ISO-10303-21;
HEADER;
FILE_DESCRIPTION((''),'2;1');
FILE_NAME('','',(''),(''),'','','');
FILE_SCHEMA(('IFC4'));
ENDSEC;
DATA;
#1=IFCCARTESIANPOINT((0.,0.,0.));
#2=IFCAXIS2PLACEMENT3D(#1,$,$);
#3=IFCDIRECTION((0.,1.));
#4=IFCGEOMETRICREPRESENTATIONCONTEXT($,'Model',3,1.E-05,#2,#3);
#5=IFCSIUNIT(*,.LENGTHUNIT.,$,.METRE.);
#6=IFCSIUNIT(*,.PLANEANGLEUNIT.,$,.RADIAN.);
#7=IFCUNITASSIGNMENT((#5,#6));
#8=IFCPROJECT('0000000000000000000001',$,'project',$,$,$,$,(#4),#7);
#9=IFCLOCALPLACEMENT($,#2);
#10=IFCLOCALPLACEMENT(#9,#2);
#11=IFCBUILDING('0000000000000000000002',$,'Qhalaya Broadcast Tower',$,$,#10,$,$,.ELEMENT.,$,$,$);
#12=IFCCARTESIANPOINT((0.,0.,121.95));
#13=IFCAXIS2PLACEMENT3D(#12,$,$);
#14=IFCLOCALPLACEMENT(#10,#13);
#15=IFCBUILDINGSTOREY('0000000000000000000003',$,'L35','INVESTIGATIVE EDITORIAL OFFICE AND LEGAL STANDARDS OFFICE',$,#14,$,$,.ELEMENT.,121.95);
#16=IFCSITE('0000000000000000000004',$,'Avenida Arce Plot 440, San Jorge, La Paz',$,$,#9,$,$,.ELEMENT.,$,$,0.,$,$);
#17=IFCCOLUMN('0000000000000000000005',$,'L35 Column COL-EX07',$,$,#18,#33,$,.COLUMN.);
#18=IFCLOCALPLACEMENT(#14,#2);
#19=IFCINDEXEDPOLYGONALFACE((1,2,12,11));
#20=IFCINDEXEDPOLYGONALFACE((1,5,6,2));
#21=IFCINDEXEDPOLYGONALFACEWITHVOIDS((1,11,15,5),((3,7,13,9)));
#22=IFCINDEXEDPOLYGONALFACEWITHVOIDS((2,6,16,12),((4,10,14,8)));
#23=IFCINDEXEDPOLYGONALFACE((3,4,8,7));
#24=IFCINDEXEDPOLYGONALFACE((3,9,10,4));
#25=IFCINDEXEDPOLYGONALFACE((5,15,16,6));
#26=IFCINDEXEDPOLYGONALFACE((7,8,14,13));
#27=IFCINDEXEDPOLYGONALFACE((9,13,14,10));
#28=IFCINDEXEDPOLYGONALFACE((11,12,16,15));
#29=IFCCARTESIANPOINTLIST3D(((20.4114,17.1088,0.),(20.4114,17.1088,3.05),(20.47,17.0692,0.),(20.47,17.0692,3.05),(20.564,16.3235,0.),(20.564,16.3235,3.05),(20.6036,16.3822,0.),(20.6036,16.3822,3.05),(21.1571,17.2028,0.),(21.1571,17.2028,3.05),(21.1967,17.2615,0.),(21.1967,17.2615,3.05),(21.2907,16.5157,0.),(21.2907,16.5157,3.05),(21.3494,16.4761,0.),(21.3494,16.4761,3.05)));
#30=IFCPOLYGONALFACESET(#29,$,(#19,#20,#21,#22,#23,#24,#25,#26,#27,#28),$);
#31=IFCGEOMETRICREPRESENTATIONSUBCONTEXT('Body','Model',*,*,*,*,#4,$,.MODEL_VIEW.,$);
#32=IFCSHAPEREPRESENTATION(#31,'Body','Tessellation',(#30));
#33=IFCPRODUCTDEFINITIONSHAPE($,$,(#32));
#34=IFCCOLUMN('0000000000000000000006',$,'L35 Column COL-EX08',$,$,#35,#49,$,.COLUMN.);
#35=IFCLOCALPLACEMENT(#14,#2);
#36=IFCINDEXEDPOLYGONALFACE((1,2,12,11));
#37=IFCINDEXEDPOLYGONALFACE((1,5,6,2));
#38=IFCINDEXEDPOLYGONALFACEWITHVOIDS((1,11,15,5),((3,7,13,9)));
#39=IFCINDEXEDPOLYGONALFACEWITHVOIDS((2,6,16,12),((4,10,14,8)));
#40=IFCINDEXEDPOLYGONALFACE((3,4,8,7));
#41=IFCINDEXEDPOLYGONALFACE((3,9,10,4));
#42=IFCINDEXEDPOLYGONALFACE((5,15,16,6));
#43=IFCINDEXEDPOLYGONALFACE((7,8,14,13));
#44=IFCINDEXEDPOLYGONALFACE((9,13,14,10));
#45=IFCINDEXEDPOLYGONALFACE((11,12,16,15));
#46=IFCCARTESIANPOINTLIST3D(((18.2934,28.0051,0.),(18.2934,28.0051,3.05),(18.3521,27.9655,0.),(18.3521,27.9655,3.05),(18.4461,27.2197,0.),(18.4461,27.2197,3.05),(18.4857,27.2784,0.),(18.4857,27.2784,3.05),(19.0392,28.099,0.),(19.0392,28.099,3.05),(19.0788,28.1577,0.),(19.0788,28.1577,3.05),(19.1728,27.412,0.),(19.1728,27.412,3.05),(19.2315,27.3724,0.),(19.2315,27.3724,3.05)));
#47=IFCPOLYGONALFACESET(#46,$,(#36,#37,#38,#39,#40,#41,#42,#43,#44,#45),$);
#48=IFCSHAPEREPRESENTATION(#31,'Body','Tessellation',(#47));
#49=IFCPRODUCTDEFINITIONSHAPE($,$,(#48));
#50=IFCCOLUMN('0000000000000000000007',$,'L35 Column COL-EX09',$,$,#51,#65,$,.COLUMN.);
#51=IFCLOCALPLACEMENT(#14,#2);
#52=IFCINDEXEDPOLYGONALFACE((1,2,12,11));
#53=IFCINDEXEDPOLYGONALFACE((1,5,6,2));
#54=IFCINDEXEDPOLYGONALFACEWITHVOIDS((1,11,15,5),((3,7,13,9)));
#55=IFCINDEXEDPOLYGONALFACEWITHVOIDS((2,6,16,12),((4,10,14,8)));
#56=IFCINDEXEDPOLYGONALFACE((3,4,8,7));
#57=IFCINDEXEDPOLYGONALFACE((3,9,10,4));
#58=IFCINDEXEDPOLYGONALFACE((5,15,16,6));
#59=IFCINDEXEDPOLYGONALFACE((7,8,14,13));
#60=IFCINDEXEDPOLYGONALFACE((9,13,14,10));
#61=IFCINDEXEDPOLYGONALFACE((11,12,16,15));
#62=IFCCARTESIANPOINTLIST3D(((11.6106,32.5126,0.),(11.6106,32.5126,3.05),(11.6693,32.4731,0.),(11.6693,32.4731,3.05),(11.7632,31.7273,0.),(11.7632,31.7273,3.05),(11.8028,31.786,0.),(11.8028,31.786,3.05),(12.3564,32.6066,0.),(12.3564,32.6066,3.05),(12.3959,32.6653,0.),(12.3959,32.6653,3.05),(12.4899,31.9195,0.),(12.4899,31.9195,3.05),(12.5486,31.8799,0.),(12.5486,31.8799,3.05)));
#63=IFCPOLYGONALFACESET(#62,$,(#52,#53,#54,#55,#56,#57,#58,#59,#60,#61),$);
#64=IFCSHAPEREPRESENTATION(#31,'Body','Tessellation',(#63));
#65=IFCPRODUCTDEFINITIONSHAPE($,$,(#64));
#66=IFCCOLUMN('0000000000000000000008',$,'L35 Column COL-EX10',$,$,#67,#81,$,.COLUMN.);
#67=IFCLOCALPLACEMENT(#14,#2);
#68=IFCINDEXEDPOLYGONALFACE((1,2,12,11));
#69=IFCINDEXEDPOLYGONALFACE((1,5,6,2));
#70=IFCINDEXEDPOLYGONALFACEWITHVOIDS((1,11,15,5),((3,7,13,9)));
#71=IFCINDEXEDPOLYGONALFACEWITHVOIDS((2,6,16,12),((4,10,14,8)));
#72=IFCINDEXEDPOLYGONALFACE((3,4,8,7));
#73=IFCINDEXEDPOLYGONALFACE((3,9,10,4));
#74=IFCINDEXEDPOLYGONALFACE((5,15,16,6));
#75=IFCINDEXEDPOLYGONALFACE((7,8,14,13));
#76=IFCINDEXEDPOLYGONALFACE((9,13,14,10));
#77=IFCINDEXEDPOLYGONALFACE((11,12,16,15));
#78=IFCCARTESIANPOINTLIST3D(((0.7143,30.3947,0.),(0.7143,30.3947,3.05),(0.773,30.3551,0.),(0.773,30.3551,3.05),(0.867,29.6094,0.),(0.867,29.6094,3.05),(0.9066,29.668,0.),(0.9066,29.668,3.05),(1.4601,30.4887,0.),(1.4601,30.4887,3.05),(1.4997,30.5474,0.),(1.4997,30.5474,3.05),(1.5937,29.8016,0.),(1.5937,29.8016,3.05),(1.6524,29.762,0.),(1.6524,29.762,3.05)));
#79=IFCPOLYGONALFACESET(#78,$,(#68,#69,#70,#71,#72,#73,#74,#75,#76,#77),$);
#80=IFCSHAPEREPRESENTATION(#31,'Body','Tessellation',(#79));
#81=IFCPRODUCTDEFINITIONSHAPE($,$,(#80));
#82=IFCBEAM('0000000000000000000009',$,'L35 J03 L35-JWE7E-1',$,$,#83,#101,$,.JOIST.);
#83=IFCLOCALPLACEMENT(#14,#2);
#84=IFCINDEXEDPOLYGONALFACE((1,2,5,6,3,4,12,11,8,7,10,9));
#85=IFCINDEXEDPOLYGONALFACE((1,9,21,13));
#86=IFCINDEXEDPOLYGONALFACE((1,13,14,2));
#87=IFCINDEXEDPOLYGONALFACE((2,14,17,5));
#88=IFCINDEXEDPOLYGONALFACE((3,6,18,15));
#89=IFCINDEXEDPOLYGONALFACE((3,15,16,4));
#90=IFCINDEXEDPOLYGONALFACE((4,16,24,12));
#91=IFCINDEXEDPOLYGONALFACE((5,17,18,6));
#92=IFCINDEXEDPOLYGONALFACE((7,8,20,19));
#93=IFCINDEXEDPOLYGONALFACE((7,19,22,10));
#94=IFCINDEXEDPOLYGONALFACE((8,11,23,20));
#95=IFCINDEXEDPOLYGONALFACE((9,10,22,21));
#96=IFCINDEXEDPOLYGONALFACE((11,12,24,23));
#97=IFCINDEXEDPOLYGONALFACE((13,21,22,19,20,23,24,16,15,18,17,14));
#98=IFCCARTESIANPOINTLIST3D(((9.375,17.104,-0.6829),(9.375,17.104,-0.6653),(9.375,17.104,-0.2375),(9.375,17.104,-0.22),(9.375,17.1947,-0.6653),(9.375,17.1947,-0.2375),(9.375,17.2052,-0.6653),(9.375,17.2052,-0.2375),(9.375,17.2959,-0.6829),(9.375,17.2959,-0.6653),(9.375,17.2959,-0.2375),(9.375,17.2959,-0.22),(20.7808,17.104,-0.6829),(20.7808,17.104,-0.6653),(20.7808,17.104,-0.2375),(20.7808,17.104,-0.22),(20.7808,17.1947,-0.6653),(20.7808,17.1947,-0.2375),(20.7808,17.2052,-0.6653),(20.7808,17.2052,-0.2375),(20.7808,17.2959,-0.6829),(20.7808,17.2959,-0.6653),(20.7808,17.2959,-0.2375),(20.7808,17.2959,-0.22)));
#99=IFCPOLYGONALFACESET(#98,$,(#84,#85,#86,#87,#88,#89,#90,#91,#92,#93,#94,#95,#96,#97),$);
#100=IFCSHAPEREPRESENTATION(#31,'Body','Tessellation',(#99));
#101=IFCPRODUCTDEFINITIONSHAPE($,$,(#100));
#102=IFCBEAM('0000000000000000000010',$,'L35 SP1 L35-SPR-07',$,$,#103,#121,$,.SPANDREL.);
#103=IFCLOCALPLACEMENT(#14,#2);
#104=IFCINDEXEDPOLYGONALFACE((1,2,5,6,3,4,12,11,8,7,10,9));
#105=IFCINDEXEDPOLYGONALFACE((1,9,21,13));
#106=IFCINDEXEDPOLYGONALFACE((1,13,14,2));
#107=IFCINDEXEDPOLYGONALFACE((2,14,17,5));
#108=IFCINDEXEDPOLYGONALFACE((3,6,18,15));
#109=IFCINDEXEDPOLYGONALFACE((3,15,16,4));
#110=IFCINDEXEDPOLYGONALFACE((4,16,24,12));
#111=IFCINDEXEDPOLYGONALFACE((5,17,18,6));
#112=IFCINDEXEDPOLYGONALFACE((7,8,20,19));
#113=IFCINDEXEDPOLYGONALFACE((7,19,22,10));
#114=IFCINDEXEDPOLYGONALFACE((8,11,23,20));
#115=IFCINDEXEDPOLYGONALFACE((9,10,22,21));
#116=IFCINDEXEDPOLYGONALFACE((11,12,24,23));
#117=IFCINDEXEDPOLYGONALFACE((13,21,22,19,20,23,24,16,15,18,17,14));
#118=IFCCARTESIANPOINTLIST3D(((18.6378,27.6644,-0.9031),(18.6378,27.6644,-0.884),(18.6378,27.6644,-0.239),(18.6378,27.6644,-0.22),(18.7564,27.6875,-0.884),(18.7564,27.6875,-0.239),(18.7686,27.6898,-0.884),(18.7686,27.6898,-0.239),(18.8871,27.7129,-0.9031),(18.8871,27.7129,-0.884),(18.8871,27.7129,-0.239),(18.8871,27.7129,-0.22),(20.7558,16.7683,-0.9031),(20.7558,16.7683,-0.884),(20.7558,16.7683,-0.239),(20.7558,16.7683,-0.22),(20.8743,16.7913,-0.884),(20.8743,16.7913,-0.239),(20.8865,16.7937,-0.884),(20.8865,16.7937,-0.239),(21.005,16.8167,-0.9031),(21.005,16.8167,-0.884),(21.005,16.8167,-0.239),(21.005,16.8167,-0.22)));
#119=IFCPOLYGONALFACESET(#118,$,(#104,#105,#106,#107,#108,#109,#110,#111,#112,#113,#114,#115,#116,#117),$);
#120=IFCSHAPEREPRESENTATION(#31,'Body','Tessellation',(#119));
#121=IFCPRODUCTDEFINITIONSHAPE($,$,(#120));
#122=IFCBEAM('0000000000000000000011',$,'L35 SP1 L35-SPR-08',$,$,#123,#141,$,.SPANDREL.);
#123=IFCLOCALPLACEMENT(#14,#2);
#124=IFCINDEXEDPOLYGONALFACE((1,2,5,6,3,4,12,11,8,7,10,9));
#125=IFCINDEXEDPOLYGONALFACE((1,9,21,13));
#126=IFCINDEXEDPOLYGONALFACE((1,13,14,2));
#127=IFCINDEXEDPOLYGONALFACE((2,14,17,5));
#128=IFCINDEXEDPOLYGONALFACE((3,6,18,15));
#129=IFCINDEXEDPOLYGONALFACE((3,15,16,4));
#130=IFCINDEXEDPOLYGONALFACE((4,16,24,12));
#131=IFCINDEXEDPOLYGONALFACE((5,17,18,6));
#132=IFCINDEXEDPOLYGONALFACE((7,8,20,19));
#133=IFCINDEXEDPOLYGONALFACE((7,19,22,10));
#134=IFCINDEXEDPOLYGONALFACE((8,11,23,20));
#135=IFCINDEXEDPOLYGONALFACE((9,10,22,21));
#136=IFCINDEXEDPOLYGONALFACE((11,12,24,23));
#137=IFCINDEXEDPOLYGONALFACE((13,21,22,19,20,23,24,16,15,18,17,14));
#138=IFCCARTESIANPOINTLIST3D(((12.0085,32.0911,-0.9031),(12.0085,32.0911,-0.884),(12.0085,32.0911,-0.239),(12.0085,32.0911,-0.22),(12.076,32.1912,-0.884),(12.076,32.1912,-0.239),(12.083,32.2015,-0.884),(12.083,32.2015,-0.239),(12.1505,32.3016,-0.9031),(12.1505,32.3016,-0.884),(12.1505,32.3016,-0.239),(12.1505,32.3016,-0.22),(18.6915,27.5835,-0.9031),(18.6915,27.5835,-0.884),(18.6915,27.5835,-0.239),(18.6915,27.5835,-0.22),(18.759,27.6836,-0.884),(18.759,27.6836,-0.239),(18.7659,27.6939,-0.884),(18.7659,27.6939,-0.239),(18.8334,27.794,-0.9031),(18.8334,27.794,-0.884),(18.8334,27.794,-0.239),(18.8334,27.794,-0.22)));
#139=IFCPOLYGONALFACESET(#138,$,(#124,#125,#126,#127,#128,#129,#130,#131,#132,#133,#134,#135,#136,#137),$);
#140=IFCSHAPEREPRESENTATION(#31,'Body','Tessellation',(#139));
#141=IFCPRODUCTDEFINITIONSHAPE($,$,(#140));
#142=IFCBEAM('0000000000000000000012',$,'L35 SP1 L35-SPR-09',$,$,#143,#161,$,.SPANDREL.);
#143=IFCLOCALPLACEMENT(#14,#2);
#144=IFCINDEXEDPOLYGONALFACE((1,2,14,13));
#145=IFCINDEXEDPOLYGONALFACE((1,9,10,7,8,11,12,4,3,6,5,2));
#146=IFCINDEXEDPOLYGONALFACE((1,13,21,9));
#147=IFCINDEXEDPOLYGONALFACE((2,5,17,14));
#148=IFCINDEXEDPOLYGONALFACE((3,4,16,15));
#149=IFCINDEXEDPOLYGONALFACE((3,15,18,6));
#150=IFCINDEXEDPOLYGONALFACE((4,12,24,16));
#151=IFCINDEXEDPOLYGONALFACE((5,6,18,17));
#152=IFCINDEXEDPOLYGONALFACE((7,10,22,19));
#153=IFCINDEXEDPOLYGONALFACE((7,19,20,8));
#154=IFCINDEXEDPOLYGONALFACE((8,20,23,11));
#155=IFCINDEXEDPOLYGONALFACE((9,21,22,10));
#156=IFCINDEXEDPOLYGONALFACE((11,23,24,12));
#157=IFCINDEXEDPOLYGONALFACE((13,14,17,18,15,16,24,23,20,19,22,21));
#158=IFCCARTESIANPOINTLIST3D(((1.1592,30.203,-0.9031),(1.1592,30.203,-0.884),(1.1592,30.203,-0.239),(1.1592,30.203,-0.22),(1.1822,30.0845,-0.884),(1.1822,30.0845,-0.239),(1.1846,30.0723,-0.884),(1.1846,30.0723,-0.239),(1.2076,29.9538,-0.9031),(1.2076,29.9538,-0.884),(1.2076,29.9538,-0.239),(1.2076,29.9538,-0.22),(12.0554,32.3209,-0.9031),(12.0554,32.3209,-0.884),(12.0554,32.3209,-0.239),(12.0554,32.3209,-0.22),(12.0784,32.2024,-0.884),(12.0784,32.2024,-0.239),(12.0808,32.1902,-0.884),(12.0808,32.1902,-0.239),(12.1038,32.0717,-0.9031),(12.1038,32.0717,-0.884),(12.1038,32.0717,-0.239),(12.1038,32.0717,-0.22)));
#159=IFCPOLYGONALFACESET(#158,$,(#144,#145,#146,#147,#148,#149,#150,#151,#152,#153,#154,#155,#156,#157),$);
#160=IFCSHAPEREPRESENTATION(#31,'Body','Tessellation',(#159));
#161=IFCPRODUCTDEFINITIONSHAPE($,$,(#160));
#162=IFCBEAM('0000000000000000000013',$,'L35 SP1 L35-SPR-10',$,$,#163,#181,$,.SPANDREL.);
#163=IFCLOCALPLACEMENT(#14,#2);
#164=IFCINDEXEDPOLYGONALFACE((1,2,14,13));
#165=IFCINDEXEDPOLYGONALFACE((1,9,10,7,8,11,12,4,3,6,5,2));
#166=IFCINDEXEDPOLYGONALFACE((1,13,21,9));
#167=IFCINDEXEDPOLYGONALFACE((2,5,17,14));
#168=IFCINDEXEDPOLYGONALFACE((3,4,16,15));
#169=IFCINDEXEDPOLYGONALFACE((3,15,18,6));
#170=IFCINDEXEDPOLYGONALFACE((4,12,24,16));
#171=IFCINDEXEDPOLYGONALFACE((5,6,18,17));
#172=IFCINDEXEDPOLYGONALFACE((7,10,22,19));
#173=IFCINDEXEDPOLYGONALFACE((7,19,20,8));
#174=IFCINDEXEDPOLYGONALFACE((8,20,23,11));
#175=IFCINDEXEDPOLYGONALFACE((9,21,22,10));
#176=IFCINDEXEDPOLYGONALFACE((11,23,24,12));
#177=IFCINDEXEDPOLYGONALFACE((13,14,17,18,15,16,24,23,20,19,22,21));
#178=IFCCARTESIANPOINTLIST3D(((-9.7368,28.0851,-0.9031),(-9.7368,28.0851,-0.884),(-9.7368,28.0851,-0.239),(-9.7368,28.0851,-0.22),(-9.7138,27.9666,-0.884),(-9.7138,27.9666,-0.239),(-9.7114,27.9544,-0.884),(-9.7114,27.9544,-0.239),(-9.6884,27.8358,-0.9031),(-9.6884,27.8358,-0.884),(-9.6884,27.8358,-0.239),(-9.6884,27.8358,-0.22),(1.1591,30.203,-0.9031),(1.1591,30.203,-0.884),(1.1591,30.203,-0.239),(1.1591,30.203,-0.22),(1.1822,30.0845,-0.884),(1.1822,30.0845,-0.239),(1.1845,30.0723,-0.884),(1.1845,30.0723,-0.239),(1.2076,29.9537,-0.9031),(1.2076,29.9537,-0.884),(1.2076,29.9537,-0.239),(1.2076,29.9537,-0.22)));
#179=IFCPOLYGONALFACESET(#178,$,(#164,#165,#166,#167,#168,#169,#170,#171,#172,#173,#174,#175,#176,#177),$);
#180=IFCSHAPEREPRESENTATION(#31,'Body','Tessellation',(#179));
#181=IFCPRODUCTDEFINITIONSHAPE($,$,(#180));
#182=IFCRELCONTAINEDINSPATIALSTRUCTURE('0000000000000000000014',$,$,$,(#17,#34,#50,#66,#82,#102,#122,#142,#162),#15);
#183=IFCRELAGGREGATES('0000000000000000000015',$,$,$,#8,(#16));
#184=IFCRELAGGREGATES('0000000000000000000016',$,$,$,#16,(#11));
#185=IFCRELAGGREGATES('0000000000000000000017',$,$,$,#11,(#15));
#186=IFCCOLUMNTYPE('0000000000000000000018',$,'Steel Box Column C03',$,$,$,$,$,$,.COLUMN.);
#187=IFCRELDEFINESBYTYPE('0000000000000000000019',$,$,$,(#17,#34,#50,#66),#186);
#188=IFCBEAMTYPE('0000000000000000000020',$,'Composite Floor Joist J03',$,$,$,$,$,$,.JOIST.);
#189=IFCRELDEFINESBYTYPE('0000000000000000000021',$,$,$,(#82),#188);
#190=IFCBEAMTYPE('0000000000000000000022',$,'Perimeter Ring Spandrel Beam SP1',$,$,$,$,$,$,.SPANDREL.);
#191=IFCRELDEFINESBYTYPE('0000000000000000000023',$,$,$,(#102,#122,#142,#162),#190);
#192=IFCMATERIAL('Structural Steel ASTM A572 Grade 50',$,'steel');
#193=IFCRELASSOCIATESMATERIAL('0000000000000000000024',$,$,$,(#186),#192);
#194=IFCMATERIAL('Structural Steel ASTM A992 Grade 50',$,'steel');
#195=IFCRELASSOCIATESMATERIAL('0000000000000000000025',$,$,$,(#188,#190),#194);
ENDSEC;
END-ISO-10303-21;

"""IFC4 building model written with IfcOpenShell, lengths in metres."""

from ifc_helpers import new_model, si_unit, direction, frame, origin, origin_2d, place, context, subcontext, project, spatial, hollow_rectangle, i_section, extrude, material, material_profile, profile_set, type_object, element, save


model = new_model("IFC4")

# Units and contexts
model_context = context("Model", 3, precision=1e-05, world=origin(), true_north=direction((0.0, 1.0)))
body_context = subcontext(model_context, "Body", "Model", "MODEL_VIEW")
ifc_project = project(units=[si_unit("LENGTHUNIT", "METRE"), si_unit("PLANEANGLEUNIT", "RADIAN")], contexts=[model_context])

# Site, building, storey
site_placement = place(None, origin())
site = spatial("IfcSite", under=ifc_project, at=site_placement, Name="Avenida Arce Plot 440, San Jorge, La Paz", CompositionType="ELEMENT", RefElevation=0.0)
building_placement = place(site_placement, origin())
building = spatial("IfcBuilding", under=site, at=building_placement, Name="Qhalaya Broadcast Tower", CompositionType="ELEMENT")
storey_placement = place(building_placement, frame((0.0, 0.0, 121.95)))
storey = spatial("IfcBuildingStorey", under=building, at=storey_placement, Name="L35", Description="INVESTIGATIVE EDITORIAL OFFICE AND LEGAL STANDARDS OFFICE", CompositionType="ELEMENT", Elevation=121.95)

# Columns
ifc_material_1 = material(Name="Structural Steel ASTM A572 Grade 50", Category="steel")
ifc_material_profile_1 = material_profile(ifc_material_1, hollow_rectangle(XDim=0.8, YDim=0.8, WallThickness=0.05, at=origin_2d()), Name="BOX 800x800x50")
ifc_profile_set_1 = profile_set([ifc_material_profile_1], Name="Structural Steel ASTM A572 Grade 50")
column_type = type_object("IfcColumnType", Name="Steel Box Column C03", PredefinedType="COLUMN", material=ifc_profile_set_1)
for number, where, z_axis, x_axis, name in (
    (1, (20.8804, 16.7925, 0.0), (0.0, 0.0, 1.0), (-0.190809, 0.981627, 0.0), "L35 Column COL-EX07"),
    (2, (18.7625, 27.6887, 0.0), (0.0, 0.0, 1.0), (-0.190809, 0.981627, 0.0), "L35 Column COL-EX08"),
    (3, (12.0796, 32.1963, 0.0), (0.0, 0.0, 1.0), (0.981627, 0.190809, 0.0), "L35 Column COL-EX09"),
    (4, (1.1833, 30.0784, 0.0), (0.0, 0.0, 1.0), (0.981627, 0.190809, 0.0), "L35 Column COL-EX10"),
):
    element("IfcColumn", number, at=place(storey_placement, frame(where, z_axis=z_axis, x_axis=x_axis)), inside=storey, type_object=column_type, Name=name, PredefinedType="COLUMN", context=body_context, shape_type="SweptSolid", body=[
        extrude(hollow_rectangle(XDim=0.8, YDim=0.8, WallThickness=0.05, at=origin_2d()), origin(), (0.0, 0.0, 1.0), 3.05),
    ])

# Beams
ifc_material_2 = material(Name="Structural Steel ASTM A992 Grade 50", Category="steel")
ifc_material_profile_2 = material_profile(ifc_material_2, i_section(OverallWidth=0.1919, OverallDepth=0.4629, WebThickness=0.0105, FlangeThickness=0.0176, at=origin_2d()), Name="W18X60")
ifc_profile_set_2 = profile_set([ifc_material_profile_2], Name="Structural Steel ASTM A992 Grade 50")
beam_type_1 = type_object("IfcBeamType", Name="Composite Floor Joist J03", PredefinedType="JOIST", material=ifc_profile_set_2)
beam_1_placement = place(storey_placement, frame((9.375, 17.2, -0.4514), z_axis=(1.0, 0.0, 0.0), x_axis=(0.0, 1.0, 0.0)))
element("IfcBeam", 5, at=beam_1_placement, inside=storey, type_object=beam_type_1, Name="L35 J03 L35-JWE7E-1", PredefinedType="JOIST", context=body_context, shape_type="SweptSolid", body=[
    extrude(i_section(OverallWidth=0.1919, OverallDepth=0.4629, WebThickness=0.0105, FlangeThickness=0.0176, at=origin_2d()), origin(), (0.0, 0.0, 1.0), 11.4058),
])
ifc_material_profile_3 = material_profile(ifc_material_2, i_section(OverallWidth=0.2539, OverallDepth=0.6831, WebThickness=0.0125, FlangeThickness=0.019, at=origin_2d()), Name="W27X94")
ifc_profile_set_3 = profile_set([ifc_material_profile_3], Name="Structural Steel ASTM A992 Grade 50")
beam_type_2 = type_object("IfcBeamType", Name="Perimeter Ring Spandrel Beam SP1", PredefinedType="SPANDREL", material=ifc_profile_set_3)
beam_2_placement = place(storey_placement, frame((20.8804, 16.7925, -0.5615), z_axis=(-0.190801, 0.981629, 0.0), x_axis=(-0.981629, -0.190801, 0.0)))
element("IfcBeam", 6, at=beam_2_placement, inside=storey, type_object=beam_type_2, Name="L35 SP1 L35-SPR-07", PredefinedType="SPANDREL", context=body_context, shape_type="SweptSolid", body=[
    extrude(i_section(OverallWidth=0.2539, OverallDepth=0.6831, WebThickness=0.0125, FlangeThickness=0.019, at=origin_2d()), origin(), (0.0, 0.0, 1.0), 11.1001),
])
beam_3_placement = place(storey_placement, frame((18.7625, 27.6887, -0.5615), z_axis=(-0.829042, 0.559186, 0.0), x_axis=(-0.559186, -0.829042, 0.0)))
element("IfcBeam", 7, at=beam_3_placement, inside=storey, type_object=beam_type_2, Name="L35 SP1 L35-SPR-08", PredefinedType="SPANDREL", context=body_context, shape_type="SweptSolid", body=[
    extrude(i_section(OverallWidth=0.2539, OverallDepth=0.6831, WebThickness=0.0125, FlangeThickness=0.019, at=origin_2d()), origin(), (0.0, 0.0, 1.0), 8.061),
])
beam_4_placement = place(storey_placement, frame((12.0796, 32.1963, -0.5615), z_axis=(-0.981629, -0.190801, 0.0), x_axis=(0.190801, -0.981629, 0.0)))
element("IfcBeam", 8, at=beam_4_placement, inside=storey, type_object=beam_type_2, Name="L35 SP1 L35-SPR-09", PredefinedType="SPANDREL", context=body_context, shape_type="SweptSolid", body=[
    extrude(i_section(OverallWidth=0.2539, OverallDepth=0.6831, WebThickness=0.0125, FlangeThickness=0.019, at=origin_2d()), origin(), (0.0, 0.0, 1.0), 11.1001),
])
beam_5_placement = place(storey_placement, frame((1.1833, 30.0784, -0.5615), z_axis=(-0.981628, -0.190805, 0.0), x_axis=(0.190805, -0.981628, 0.0)))
element("IfcBeam", 9, at=beam_5_placement, inside=storey, type_object=beam_type_2, Name="L35 SP1 L35-SPR-10", PredefinedType="SPANDREL", context=body_context, shape_type="SweptSolid", body=[
    extrude(i_section(OverallWidth=0.2539, OverallDepth=0.6831, WebThickness=0.0125, FlangeThickness=0.019, at=origin_2d()), origin(), (0.0, 0.0, 1.0), 11.0999),
])

save(model, "model.ifc")
